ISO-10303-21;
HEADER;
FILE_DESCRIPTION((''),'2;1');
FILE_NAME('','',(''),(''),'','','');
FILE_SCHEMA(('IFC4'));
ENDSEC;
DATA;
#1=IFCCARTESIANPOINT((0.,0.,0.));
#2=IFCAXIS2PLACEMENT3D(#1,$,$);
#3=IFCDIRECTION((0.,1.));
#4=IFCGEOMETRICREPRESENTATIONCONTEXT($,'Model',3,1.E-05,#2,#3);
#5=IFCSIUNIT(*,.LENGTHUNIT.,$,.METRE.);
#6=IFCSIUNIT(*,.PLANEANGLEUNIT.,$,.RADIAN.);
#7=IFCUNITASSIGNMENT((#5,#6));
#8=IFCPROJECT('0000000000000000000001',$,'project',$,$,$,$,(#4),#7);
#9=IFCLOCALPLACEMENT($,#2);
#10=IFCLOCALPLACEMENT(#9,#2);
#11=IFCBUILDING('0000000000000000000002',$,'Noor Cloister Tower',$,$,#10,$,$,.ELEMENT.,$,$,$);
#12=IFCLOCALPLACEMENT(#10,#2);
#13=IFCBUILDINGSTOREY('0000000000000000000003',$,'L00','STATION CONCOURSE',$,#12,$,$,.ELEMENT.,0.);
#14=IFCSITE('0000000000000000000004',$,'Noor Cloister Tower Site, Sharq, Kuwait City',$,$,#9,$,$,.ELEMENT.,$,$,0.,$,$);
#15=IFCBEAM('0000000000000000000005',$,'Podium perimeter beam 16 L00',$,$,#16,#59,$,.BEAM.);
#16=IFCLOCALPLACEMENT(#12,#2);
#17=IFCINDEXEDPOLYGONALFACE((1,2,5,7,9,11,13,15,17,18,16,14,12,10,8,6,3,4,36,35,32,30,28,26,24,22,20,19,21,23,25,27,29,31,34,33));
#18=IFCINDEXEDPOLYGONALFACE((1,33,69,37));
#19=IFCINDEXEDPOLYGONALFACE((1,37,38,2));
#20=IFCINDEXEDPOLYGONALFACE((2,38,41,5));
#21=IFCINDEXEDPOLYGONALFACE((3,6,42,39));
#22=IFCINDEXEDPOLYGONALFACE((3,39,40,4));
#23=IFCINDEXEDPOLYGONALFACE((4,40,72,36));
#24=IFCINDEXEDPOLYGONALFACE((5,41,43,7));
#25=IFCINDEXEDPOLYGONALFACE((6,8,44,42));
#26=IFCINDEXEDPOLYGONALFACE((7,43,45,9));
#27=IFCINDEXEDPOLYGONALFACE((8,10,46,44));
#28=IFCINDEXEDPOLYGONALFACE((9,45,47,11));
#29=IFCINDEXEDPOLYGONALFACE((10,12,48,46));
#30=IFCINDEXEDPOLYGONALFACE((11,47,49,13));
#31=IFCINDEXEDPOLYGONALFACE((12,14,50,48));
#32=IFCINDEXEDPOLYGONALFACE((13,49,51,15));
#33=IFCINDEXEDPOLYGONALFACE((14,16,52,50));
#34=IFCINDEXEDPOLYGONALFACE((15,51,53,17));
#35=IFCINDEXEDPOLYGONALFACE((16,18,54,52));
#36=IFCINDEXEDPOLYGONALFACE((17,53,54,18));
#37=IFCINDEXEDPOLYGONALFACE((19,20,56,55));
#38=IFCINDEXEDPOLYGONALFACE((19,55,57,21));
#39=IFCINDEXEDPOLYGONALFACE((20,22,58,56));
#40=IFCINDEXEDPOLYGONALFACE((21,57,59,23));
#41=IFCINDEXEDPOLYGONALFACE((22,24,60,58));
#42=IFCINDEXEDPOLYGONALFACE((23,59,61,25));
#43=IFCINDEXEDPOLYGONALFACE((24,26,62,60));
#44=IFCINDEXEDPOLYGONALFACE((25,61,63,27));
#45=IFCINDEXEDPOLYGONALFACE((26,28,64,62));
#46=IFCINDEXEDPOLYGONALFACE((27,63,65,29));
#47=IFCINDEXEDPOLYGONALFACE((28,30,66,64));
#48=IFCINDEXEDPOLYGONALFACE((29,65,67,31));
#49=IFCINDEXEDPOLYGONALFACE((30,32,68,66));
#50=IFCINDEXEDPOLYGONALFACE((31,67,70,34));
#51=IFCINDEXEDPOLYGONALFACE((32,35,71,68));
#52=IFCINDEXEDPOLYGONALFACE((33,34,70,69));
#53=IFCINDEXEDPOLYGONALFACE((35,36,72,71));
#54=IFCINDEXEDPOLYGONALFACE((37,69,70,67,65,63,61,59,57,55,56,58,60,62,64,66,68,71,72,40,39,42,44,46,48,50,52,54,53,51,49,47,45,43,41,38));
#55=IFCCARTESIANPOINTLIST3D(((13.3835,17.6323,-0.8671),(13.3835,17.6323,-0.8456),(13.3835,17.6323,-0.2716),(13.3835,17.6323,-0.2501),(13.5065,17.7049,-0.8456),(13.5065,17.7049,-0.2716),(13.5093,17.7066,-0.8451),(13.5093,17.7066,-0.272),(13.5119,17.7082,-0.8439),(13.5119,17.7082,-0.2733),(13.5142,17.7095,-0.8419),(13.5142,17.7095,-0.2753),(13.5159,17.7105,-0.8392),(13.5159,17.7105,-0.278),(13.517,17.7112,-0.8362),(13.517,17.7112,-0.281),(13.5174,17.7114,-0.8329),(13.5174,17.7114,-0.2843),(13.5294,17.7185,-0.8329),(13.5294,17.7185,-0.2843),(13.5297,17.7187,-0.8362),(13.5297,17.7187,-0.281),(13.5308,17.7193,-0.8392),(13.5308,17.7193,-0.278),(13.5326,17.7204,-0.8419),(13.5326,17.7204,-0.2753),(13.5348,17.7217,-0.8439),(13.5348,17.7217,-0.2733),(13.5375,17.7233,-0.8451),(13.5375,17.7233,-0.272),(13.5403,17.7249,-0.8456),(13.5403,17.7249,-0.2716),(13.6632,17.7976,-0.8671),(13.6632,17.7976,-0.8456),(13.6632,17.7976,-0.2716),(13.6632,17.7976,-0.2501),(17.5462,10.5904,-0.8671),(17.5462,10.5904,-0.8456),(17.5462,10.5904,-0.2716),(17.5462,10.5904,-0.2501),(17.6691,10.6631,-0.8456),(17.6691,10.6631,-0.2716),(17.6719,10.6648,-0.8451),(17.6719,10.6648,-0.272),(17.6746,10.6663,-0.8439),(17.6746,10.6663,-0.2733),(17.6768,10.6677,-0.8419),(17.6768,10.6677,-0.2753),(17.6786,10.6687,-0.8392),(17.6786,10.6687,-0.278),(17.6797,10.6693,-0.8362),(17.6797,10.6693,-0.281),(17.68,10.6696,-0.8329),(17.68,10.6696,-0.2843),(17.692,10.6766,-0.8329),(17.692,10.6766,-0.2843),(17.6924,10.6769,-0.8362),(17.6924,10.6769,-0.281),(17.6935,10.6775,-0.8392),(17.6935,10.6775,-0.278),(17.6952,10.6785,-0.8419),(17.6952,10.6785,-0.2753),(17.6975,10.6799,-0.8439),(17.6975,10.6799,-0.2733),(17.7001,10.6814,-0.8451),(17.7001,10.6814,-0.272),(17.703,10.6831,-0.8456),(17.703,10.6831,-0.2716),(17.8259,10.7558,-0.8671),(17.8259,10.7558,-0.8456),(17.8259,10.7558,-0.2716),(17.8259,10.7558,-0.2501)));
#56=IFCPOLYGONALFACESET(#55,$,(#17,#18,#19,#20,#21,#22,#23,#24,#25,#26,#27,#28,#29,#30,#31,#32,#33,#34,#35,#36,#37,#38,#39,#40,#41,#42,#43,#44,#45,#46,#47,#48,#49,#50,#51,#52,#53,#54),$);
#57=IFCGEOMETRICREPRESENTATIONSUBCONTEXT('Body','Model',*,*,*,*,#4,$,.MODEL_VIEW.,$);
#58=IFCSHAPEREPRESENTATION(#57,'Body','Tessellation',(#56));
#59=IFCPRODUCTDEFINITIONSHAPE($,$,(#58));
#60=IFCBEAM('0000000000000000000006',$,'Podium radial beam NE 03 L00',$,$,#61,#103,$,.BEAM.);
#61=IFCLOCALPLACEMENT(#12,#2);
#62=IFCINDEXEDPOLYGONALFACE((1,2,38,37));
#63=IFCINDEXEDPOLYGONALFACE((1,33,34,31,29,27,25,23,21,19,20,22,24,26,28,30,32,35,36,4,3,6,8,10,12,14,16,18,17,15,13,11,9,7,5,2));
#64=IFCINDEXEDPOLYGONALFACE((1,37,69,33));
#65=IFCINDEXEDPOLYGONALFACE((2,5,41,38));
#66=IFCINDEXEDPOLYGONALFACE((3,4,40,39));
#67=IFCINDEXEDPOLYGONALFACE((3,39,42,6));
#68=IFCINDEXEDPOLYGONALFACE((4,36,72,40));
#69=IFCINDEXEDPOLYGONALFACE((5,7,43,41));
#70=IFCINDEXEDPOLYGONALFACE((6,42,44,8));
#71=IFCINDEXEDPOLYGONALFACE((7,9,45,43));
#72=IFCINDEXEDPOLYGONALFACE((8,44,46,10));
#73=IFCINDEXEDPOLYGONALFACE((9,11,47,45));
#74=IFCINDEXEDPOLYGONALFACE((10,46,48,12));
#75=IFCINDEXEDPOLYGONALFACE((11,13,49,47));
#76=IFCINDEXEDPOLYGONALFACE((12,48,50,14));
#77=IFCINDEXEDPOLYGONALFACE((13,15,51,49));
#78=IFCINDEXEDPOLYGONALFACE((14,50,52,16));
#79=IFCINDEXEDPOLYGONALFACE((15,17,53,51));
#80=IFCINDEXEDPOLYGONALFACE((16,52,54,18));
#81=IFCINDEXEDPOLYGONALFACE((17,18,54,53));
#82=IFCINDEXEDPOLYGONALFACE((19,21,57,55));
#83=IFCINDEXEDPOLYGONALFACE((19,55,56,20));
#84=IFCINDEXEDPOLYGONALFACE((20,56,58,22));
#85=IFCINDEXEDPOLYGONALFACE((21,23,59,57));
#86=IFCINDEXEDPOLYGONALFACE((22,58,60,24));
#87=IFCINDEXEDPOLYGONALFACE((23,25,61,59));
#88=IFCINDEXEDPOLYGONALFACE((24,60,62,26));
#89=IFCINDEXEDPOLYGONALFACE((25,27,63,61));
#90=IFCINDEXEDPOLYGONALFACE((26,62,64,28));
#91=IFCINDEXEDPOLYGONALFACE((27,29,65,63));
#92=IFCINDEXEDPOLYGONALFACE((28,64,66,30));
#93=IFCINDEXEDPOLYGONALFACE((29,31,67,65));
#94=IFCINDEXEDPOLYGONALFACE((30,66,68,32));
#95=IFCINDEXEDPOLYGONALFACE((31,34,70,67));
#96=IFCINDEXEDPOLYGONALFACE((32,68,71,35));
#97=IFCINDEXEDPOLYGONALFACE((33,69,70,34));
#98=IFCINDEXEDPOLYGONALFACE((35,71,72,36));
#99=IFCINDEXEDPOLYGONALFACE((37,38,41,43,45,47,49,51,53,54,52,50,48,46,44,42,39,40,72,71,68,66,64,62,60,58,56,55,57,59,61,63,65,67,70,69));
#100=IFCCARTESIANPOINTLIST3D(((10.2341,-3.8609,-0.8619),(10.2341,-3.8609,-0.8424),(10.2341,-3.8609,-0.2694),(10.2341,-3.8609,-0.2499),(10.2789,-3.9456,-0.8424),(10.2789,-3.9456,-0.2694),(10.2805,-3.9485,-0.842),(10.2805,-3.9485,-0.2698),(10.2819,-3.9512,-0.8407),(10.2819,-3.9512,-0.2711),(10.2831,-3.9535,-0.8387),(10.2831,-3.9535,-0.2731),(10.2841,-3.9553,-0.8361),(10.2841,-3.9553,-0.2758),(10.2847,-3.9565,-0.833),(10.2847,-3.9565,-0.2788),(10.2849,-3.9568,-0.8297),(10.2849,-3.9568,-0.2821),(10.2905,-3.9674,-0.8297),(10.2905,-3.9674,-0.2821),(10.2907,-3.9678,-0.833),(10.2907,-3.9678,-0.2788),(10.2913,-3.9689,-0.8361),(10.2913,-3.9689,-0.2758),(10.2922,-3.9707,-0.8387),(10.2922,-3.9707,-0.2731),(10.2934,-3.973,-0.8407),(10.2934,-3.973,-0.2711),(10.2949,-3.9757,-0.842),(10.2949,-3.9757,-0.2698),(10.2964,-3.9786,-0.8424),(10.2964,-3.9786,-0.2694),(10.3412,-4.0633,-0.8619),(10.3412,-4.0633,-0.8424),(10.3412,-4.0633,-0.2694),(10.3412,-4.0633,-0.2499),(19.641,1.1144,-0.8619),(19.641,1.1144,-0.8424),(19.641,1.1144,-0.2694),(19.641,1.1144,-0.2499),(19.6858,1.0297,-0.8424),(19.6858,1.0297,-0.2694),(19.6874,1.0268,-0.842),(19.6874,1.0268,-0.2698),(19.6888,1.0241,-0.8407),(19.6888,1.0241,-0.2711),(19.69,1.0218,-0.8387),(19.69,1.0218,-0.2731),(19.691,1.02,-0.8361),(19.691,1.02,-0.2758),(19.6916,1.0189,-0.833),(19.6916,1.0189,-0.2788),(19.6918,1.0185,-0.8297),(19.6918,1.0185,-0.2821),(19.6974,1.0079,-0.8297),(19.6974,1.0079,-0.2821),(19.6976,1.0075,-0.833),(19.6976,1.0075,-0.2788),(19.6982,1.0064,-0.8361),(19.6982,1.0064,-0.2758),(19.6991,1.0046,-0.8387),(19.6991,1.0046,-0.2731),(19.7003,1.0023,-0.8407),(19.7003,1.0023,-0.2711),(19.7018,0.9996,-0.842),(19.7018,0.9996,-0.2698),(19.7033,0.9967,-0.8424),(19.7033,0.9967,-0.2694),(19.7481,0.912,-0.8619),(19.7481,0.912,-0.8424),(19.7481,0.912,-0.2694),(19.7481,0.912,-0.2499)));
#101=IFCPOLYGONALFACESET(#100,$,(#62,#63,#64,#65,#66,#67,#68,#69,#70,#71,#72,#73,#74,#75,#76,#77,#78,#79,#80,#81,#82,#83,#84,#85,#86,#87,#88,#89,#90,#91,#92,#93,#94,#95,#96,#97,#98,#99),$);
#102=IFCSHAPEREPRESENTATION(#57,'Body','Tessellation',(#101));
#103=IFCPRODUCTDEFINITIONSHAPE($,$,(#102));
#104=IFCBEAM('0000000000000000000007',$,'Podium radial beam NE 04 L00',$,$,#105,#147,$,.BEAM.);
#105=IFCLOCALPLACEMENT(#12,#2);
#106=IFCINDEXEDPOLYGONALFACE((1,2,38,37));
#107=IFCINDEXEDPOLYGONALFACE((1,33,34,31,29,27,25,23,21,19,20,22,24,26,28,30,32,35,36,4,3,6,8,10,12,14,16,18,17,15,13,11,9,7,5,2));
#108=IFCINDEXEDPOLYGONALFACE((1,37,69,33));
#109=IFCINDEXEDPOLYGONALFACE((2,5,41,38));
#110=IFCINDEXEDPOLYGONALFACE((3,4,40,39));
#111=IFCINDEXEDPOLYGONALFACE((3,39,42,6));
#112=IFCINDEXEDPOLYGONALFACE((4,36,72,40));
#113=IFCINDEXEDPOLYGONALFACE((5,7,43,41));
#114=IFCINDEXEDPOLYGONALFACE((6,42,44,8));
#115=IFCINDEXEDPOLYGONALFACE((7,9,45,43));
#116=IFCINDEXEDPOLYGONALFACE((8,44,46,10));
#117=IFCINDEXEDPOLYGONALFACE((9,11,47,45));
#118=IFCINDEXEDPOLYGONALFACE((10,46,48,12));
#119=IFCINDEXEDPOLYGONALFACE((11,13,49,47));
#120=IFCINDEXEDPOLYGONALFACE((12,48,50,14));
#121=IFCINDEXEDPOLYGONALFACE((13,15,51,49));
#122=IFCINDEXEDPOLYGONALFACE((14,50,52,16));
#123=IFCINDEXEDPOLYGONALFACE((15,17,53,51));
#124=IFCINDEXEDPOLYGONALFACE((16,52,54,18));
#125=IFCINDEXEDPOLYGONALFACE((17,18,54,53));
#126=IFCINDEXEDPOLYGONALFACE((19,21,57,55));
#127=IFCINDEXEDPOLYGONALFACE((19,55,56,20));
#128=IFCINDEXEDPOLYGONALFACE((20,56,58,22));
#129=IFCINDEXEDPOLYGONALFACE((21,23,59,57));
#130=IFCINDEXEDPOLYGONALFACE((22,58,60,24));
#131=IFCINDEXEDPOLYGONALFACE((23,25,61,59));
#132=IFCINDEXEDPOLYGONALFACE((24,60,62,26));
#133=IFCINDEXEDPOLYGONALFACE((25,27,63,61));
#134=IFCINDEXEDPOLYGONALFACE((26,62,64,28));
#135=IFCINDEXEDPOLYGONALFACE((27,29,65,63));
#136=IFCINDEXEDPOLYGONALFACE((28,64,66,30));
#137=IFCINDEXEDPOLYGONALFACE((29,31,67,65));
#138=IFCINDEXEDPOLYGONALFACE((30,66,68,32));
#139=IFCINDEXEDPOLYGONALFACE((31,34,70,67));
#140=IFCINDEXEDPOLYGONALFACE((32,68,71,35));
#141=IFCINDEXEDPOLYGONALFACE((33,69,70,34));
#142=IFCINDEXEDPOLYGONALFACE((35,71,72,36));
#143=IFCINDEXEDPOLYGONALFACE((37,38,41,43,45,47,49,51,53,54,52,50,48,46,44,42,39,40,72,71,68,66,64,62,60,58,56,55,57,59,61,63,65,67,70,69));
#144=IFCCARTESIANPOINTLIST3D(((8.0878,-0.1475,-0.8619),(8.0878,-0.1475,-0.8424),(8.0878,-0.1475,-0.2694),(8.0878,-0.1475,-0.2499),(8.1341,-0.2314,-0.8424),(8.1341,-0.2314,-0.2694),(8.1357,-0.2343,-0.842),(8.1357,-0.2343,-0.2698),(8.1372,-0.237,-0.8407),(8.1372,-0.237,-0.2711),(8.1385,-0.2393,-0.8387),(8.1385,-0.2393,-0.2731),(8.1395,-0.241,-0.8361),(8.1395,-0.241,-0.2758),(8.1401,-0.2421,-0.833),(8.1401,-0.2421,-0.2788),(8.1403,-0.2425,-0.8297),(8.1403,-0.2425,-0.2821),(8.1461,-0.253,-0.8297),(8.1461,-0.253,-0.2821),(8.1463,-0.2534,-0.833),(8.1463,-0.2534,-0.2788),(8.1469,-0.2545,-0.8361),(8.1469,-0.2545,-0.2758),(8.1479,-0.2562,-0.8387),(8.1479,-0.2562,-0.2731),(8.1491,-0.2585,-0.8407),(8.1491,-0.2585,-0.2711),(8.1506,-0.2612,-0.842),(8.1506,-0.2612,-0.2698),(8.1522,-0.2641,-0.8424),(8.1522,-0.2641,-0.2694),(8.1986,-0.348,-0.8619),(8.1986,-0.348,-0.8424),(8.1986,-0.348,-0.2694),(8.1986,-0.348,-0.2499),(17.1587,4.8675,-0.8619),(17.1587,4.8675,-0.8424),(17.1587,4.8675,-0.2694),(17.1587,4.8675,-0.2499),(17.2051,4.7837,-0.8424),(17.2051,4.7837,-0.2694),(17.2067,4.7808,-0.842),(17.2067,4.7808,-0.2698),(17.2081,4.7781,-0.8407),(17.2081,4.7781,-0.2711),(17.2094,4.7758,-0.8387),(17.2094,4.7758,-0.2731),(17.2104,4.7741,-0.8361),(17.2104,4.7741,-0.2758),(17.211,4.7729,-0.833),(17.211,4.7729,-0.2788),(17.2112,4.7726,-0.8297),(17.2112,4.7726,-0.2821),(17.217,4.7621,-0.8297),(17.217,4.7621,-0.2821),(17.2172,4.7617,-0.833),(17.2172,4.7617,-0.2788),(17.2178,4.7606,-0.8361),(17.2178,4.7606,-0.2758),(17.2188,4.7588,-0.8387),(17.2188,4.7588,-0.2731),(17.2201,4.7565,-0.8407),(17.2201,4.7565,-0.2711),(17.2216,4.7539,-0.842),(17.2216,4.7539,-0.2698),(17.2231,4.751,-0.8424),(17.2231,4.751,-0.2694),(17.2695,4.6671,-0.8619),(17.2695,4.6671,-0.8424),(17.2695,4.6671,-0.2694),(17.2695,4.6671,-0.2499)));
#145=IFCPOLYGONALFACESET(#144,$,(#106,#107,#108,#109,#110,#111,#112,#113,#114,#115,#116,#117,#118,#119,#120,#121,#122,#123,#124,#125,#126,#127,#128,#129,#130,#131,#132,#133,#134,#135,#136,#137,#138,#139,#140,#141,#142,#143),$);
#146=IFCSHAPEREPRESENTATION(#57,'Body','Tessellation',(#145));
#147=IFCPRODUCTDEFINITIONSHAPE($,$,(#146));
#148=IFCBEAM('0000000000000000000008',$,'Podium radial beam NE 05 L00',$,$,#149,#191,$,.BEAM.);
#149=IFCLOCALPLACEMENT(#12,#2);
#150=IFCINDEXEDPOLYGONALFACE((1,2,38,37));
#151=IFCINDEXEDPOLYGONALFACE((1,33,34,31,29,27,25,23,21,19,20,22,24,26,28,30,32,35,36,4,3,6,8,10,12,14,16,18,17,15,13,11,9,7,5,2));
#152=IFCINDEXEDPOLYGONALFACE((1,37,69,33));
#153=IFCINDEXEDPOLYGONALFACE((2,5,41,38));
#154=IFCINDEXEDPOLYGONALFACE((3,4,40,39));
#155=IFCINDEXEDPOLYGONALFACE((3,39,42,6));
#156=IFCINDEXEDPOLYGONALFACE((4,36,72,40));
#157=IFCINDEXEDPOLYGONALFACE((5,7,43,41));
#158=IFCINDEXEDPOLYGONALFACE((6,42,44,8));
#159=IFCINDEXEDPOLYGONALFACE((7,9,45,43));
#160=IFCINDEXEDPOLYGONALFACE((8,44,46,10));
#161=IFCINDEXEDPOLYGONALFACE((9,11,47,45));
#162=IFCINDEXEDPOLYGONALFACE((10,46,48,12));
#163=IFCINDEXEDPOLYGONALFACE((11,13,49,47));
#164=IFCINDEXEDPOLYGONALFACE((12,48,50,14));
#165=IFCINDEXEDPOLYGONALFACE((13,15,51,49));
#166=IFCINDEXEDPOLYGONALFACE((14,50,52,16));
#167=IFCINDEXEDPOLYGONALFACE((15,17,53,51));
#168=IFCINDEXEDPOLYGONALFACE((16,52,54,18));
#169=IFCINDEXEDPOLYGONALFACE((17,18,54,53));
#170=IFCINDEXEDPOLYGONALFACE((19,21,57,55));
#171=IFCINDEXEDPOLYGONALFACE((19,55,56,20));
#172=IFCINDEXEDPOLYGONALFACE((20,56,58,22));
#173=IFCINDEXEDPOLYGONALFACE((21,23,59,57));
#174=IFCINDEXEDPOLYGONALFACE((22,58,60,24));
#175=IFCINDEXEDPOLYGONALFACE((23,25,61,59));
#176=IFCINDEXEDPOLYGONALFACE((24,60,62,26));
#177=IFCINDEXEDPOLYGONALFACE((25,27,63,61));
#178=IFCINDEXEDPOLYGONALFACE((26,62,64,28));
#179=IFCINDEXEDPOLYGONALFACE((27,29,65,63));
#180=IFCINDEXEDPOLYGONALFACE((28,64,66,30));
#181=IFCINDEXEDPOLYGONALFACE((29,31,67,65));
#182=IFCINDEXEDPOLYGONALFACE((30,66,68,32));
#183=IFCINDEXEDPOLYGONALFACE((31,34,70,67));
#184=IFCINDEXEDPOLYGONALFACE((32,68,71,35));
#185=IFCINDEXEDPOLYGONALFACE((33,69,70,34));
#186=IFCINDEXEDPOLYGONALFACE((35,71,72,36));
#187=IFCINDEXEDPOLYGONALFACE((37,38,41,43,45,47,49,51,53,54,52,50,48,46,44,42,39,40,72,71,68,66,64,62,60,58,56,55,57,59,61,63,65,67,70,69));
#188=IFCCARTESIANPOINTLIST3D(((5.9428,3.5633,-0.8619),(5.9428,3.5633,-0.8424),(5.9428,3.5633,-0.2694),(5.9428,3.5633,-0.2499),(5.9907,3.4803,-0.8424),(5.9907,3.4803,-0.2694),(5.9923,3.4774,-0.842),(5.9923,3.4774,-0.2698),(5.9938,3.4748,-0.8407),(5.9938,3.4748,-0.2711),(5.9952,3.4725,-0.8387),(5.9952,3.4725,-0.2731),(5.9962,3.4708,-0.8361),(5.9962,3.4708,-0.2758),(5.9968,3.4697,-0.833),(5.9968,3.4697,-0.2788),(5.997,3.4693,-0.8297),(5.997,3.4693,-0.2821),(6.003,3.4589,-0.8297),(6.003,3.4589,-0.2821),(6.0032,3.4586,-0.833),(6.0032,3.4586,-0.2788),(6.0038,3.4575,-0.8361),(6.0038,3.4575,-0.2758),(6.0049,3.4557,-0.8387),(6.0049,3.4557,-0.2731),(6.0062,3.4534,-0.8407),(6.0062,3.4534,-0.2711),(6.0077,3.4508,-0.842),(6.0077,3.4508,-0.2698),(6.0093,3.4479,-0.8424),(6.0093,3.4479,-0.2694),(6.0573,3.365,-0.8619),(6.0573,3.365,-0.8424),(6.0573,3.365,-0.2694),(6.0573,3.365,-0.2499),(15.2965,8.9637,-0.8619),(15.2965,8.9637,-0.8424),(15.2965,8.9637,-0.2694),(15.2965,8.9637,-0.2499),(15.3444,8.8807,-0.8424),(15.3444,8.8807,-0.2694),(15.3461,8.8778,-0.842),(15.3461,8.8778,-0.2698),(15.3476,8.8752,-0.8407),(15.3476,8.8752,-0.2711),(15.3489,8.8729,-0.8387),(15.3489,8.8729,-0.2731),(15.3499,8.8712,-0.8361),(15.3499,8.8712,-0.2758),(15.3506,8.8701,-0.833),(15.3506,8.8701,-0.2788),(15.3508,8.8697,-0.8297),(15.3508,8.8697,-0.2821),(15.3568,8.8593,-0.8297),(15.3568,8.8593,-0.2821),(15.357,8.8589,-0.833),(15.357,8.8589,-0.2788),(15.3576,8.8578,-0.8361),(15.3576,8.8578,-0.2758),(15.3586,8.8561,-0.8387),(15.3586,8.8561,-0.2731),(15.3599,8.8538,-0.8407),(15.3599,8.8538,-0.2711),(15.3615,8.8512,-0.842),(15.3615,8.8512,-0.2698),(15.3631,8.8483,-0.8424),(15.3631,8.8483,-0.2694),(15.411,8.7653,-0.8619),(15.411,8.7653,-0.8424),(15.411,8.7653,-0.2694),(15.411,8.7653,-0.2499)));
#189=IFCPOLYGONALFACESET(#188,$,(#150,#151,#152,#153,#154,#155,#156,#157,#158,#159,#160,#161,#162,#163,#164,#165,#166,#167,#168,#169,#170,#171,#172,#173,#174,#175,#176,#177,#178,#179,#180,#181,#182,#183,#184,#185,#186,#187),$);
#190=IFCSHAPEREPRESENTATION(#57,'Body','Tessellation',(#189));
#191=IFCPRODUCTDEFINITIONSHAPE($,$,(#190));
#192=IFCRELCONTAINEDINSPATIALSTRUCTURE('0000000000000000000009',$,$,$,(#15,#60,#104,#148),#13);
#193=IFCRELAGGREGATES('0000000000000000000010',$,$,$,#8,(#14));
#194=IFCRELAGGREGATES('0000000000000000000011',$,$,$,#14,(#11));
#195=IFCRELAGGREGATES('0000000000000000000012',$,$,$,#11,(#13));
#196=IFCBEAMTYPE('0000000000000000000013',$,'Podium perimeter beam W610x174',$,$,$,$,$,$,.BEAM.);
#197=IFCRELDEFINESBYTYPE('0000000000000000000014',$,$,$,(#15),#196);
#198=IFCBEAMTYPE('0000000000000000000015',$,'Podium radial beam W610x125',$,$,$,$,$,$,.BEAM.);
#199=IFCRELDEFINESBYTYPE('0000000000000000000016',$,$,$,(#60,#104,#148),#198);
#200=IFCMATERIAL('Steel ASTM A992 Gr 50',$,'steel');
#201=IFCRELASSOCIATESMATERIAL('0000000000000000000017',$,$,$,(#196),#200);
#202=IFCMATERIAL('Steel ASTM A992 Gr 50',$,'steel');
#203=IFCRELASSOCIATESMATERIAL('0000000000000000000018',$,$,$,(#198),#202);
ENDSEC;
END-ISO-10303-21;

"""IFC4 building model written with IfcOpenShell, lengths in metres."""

from ifc_helpers import new_model, si_unit, direction, frame, origin, origin_2d, place, context, subcontext, project, spatial, i_section, extrude, material, material_profile, profile_set, type_object, element, save


model = new_model("IFC4")

# Units and contexts
model_context = context("Model", 3, precision=1e-05, world=origin(), true_north=direction((0.0, 1.0)))
body_context = subcontext(model_context, "Body", "Model", "MODEL_VIEW")
ifc_project = project(units=[si_unit("LENGTHUNIT", "METRE"), si_unit("PLANEANGLEUNIT", "RADIAN")], contexts=[model_context])

# Site, building, storey
site_placement = place(None, origin())
site = spatial("IfcSite", under=ifc_project, at=site_placement, Name="Noor Cloister Tower Site, Sharq, Kuwait City", CompositionType="ELEMENT", RefElevation=0.0)
building_placement = place(site_placement, origin())
building = spatial("IfcBuilding", under=site, at=building_placement, Name="Noor Cloister Tower", CompositionType="ELEMENT")
storey_placement = place(building_placement, origin())
storey = spatial("IfcBuildingStorey", under=building, at=storey_placement, Name="L00", Description="STATION CONCOURSE", CompositionType="ELEMENT", Elevation=0.0)

# Beams
ifc_material_1 = material(Name="Steel ASTM A992 Gr 50", Category="steel")
ifc_material_profile_1 = material_profile(ifc_material_1, i_section(OverallWidth=0.325, OverallDepth=0.6169, WebThickness=0.0139, FlangeThickness=0.0215, FilletRadius=0.0127, at=origin_2d()), Name="W610x174")
ifc_profile_set_1 = profile_set([ifc_material_profile_1], Name="Steel ASTM A992 Gr 50")
beam_type_1 = type_object("IfcBeamType", Name="Podium perimeter beam W610x174", PredefinedType="BEAM", material=ifc_profile_set_1)
for number, where, z_axis, x_axis, name in (
    (1, (17.686, 10.6731, -0.5586), (-0.508871, 0.860843, 0.0), (-0.860843, -0.508871, 0.0), "Podium perimeter beam 16 L00"),
):
    element("IfcBeam", number, at=place(storey_placement, frame(where, z_axis=z_axis, x_axis=x_axis)), inside=storey, type_object=beam_type_1, Name=name, PredefinedType="BEAM", context=body_context, shape_type="SweptSolid", body=[
        extrude(i_section(OverallWidth=0.325, OverallDepth=0.6169, WebThickness=0.0139, FlangeThickness=0.0215, FilletRadius=0.0127, at=origin_2d()), origin(), (0.0, 0.0, 1.0), 8.1802),
    ])
ifc_material_2 = material(Name="Steel ASTM A992 Gr 50", Category="steel")
ifc_material_profile_2 = material_profile(ifc_material_2, i_section(OverallWidth=0.229, OverallDepth=0.6121, WebThickness=0.012, FlangeThickness=0.0195, FilletRadius=0.0127, at=origin_2d()), Name="W610x125")
ifc_profile_set_2 = profile_set([ifc_material_profile_2], Name="Steel ASTM A992 Gr 50")
beam_type_2 = type_object("IfcBeamType", Name="Podium radial beam W610x125", PredefinedType="BEAM", material=ifc_profile_set_2)
beam_1_placement = place(storey_placement, frame((19.6946, 1.0132, -0.5559), z_axis=(-0.883975, -0.467534, 0.0), x_axis=(0.467534, -0.883975, 0.0)))
element("IfcBeam", 2, at=beam_1_placement, inside=storey, type_object=beam_type_2, Name="Podium radial beam NE 03 L00", PredefinedType="BEAM", context=body_context, shape_type="SweptSolid", body=[
    extrude(i_section(OverallWidth=0.229, OverallDepth=0.6121, WebThickness=0.012, FlangeThickness=0.0195, FilletRadius=0.0127, at=origin_2d()), origin(), (0.0, 0.0, 1.0), 10.6416),
])
beam_2_placement = place(storey_placement, frame((17.2141, 4.7673, -0.5559), z_axis=(-0.875152, -0.483848, 0.0), x_axis=(0.483848, -0.875152, 0.0)))
element("IfcBeam", 3, at=beam_2_placement, inside=storey, type_object=beam_type_2, Name="Podium radial beam NE 04 L00", PredefinedType="BEAM", context=body_context, shape_type="SweptSolid", body=[
    extrude(i_section(OverallWidth=0.229, OverallDepth=0.6121, WebThickness=0.012, FlangeThickness=0.0195, FilletRadius=0.0127, at=origin_2d()), origin(), (0.0, 0.0, 1.0), 10.365),
])
beam_3_placement = place(storey_placement, frame((15.3538, 8.8645, -0.5559), z_axis=(-0.866026, -0.5, 0.0), x_axis=(0.5, -0.866026, 0.0)))
element("IfcBeam", 4, at=beam_3_placement, inside=storey, type_object=beam_type_2, Name="Podium radial beam NE 05 L00", PredefinedType="BEAM", context=body_context, shape_type="SweptSolid", body=[
    extrude(i_section(OverallWidth=0.229, OverallDepth=0.6121, WebThickness=0.012, FlangeThickness=0.0195, FilletRadius=0.0127, at=origin_2d()), origin(), (0.0, 0.0, 1.0), 10.8008),
])

save(model, "model.ifc")
